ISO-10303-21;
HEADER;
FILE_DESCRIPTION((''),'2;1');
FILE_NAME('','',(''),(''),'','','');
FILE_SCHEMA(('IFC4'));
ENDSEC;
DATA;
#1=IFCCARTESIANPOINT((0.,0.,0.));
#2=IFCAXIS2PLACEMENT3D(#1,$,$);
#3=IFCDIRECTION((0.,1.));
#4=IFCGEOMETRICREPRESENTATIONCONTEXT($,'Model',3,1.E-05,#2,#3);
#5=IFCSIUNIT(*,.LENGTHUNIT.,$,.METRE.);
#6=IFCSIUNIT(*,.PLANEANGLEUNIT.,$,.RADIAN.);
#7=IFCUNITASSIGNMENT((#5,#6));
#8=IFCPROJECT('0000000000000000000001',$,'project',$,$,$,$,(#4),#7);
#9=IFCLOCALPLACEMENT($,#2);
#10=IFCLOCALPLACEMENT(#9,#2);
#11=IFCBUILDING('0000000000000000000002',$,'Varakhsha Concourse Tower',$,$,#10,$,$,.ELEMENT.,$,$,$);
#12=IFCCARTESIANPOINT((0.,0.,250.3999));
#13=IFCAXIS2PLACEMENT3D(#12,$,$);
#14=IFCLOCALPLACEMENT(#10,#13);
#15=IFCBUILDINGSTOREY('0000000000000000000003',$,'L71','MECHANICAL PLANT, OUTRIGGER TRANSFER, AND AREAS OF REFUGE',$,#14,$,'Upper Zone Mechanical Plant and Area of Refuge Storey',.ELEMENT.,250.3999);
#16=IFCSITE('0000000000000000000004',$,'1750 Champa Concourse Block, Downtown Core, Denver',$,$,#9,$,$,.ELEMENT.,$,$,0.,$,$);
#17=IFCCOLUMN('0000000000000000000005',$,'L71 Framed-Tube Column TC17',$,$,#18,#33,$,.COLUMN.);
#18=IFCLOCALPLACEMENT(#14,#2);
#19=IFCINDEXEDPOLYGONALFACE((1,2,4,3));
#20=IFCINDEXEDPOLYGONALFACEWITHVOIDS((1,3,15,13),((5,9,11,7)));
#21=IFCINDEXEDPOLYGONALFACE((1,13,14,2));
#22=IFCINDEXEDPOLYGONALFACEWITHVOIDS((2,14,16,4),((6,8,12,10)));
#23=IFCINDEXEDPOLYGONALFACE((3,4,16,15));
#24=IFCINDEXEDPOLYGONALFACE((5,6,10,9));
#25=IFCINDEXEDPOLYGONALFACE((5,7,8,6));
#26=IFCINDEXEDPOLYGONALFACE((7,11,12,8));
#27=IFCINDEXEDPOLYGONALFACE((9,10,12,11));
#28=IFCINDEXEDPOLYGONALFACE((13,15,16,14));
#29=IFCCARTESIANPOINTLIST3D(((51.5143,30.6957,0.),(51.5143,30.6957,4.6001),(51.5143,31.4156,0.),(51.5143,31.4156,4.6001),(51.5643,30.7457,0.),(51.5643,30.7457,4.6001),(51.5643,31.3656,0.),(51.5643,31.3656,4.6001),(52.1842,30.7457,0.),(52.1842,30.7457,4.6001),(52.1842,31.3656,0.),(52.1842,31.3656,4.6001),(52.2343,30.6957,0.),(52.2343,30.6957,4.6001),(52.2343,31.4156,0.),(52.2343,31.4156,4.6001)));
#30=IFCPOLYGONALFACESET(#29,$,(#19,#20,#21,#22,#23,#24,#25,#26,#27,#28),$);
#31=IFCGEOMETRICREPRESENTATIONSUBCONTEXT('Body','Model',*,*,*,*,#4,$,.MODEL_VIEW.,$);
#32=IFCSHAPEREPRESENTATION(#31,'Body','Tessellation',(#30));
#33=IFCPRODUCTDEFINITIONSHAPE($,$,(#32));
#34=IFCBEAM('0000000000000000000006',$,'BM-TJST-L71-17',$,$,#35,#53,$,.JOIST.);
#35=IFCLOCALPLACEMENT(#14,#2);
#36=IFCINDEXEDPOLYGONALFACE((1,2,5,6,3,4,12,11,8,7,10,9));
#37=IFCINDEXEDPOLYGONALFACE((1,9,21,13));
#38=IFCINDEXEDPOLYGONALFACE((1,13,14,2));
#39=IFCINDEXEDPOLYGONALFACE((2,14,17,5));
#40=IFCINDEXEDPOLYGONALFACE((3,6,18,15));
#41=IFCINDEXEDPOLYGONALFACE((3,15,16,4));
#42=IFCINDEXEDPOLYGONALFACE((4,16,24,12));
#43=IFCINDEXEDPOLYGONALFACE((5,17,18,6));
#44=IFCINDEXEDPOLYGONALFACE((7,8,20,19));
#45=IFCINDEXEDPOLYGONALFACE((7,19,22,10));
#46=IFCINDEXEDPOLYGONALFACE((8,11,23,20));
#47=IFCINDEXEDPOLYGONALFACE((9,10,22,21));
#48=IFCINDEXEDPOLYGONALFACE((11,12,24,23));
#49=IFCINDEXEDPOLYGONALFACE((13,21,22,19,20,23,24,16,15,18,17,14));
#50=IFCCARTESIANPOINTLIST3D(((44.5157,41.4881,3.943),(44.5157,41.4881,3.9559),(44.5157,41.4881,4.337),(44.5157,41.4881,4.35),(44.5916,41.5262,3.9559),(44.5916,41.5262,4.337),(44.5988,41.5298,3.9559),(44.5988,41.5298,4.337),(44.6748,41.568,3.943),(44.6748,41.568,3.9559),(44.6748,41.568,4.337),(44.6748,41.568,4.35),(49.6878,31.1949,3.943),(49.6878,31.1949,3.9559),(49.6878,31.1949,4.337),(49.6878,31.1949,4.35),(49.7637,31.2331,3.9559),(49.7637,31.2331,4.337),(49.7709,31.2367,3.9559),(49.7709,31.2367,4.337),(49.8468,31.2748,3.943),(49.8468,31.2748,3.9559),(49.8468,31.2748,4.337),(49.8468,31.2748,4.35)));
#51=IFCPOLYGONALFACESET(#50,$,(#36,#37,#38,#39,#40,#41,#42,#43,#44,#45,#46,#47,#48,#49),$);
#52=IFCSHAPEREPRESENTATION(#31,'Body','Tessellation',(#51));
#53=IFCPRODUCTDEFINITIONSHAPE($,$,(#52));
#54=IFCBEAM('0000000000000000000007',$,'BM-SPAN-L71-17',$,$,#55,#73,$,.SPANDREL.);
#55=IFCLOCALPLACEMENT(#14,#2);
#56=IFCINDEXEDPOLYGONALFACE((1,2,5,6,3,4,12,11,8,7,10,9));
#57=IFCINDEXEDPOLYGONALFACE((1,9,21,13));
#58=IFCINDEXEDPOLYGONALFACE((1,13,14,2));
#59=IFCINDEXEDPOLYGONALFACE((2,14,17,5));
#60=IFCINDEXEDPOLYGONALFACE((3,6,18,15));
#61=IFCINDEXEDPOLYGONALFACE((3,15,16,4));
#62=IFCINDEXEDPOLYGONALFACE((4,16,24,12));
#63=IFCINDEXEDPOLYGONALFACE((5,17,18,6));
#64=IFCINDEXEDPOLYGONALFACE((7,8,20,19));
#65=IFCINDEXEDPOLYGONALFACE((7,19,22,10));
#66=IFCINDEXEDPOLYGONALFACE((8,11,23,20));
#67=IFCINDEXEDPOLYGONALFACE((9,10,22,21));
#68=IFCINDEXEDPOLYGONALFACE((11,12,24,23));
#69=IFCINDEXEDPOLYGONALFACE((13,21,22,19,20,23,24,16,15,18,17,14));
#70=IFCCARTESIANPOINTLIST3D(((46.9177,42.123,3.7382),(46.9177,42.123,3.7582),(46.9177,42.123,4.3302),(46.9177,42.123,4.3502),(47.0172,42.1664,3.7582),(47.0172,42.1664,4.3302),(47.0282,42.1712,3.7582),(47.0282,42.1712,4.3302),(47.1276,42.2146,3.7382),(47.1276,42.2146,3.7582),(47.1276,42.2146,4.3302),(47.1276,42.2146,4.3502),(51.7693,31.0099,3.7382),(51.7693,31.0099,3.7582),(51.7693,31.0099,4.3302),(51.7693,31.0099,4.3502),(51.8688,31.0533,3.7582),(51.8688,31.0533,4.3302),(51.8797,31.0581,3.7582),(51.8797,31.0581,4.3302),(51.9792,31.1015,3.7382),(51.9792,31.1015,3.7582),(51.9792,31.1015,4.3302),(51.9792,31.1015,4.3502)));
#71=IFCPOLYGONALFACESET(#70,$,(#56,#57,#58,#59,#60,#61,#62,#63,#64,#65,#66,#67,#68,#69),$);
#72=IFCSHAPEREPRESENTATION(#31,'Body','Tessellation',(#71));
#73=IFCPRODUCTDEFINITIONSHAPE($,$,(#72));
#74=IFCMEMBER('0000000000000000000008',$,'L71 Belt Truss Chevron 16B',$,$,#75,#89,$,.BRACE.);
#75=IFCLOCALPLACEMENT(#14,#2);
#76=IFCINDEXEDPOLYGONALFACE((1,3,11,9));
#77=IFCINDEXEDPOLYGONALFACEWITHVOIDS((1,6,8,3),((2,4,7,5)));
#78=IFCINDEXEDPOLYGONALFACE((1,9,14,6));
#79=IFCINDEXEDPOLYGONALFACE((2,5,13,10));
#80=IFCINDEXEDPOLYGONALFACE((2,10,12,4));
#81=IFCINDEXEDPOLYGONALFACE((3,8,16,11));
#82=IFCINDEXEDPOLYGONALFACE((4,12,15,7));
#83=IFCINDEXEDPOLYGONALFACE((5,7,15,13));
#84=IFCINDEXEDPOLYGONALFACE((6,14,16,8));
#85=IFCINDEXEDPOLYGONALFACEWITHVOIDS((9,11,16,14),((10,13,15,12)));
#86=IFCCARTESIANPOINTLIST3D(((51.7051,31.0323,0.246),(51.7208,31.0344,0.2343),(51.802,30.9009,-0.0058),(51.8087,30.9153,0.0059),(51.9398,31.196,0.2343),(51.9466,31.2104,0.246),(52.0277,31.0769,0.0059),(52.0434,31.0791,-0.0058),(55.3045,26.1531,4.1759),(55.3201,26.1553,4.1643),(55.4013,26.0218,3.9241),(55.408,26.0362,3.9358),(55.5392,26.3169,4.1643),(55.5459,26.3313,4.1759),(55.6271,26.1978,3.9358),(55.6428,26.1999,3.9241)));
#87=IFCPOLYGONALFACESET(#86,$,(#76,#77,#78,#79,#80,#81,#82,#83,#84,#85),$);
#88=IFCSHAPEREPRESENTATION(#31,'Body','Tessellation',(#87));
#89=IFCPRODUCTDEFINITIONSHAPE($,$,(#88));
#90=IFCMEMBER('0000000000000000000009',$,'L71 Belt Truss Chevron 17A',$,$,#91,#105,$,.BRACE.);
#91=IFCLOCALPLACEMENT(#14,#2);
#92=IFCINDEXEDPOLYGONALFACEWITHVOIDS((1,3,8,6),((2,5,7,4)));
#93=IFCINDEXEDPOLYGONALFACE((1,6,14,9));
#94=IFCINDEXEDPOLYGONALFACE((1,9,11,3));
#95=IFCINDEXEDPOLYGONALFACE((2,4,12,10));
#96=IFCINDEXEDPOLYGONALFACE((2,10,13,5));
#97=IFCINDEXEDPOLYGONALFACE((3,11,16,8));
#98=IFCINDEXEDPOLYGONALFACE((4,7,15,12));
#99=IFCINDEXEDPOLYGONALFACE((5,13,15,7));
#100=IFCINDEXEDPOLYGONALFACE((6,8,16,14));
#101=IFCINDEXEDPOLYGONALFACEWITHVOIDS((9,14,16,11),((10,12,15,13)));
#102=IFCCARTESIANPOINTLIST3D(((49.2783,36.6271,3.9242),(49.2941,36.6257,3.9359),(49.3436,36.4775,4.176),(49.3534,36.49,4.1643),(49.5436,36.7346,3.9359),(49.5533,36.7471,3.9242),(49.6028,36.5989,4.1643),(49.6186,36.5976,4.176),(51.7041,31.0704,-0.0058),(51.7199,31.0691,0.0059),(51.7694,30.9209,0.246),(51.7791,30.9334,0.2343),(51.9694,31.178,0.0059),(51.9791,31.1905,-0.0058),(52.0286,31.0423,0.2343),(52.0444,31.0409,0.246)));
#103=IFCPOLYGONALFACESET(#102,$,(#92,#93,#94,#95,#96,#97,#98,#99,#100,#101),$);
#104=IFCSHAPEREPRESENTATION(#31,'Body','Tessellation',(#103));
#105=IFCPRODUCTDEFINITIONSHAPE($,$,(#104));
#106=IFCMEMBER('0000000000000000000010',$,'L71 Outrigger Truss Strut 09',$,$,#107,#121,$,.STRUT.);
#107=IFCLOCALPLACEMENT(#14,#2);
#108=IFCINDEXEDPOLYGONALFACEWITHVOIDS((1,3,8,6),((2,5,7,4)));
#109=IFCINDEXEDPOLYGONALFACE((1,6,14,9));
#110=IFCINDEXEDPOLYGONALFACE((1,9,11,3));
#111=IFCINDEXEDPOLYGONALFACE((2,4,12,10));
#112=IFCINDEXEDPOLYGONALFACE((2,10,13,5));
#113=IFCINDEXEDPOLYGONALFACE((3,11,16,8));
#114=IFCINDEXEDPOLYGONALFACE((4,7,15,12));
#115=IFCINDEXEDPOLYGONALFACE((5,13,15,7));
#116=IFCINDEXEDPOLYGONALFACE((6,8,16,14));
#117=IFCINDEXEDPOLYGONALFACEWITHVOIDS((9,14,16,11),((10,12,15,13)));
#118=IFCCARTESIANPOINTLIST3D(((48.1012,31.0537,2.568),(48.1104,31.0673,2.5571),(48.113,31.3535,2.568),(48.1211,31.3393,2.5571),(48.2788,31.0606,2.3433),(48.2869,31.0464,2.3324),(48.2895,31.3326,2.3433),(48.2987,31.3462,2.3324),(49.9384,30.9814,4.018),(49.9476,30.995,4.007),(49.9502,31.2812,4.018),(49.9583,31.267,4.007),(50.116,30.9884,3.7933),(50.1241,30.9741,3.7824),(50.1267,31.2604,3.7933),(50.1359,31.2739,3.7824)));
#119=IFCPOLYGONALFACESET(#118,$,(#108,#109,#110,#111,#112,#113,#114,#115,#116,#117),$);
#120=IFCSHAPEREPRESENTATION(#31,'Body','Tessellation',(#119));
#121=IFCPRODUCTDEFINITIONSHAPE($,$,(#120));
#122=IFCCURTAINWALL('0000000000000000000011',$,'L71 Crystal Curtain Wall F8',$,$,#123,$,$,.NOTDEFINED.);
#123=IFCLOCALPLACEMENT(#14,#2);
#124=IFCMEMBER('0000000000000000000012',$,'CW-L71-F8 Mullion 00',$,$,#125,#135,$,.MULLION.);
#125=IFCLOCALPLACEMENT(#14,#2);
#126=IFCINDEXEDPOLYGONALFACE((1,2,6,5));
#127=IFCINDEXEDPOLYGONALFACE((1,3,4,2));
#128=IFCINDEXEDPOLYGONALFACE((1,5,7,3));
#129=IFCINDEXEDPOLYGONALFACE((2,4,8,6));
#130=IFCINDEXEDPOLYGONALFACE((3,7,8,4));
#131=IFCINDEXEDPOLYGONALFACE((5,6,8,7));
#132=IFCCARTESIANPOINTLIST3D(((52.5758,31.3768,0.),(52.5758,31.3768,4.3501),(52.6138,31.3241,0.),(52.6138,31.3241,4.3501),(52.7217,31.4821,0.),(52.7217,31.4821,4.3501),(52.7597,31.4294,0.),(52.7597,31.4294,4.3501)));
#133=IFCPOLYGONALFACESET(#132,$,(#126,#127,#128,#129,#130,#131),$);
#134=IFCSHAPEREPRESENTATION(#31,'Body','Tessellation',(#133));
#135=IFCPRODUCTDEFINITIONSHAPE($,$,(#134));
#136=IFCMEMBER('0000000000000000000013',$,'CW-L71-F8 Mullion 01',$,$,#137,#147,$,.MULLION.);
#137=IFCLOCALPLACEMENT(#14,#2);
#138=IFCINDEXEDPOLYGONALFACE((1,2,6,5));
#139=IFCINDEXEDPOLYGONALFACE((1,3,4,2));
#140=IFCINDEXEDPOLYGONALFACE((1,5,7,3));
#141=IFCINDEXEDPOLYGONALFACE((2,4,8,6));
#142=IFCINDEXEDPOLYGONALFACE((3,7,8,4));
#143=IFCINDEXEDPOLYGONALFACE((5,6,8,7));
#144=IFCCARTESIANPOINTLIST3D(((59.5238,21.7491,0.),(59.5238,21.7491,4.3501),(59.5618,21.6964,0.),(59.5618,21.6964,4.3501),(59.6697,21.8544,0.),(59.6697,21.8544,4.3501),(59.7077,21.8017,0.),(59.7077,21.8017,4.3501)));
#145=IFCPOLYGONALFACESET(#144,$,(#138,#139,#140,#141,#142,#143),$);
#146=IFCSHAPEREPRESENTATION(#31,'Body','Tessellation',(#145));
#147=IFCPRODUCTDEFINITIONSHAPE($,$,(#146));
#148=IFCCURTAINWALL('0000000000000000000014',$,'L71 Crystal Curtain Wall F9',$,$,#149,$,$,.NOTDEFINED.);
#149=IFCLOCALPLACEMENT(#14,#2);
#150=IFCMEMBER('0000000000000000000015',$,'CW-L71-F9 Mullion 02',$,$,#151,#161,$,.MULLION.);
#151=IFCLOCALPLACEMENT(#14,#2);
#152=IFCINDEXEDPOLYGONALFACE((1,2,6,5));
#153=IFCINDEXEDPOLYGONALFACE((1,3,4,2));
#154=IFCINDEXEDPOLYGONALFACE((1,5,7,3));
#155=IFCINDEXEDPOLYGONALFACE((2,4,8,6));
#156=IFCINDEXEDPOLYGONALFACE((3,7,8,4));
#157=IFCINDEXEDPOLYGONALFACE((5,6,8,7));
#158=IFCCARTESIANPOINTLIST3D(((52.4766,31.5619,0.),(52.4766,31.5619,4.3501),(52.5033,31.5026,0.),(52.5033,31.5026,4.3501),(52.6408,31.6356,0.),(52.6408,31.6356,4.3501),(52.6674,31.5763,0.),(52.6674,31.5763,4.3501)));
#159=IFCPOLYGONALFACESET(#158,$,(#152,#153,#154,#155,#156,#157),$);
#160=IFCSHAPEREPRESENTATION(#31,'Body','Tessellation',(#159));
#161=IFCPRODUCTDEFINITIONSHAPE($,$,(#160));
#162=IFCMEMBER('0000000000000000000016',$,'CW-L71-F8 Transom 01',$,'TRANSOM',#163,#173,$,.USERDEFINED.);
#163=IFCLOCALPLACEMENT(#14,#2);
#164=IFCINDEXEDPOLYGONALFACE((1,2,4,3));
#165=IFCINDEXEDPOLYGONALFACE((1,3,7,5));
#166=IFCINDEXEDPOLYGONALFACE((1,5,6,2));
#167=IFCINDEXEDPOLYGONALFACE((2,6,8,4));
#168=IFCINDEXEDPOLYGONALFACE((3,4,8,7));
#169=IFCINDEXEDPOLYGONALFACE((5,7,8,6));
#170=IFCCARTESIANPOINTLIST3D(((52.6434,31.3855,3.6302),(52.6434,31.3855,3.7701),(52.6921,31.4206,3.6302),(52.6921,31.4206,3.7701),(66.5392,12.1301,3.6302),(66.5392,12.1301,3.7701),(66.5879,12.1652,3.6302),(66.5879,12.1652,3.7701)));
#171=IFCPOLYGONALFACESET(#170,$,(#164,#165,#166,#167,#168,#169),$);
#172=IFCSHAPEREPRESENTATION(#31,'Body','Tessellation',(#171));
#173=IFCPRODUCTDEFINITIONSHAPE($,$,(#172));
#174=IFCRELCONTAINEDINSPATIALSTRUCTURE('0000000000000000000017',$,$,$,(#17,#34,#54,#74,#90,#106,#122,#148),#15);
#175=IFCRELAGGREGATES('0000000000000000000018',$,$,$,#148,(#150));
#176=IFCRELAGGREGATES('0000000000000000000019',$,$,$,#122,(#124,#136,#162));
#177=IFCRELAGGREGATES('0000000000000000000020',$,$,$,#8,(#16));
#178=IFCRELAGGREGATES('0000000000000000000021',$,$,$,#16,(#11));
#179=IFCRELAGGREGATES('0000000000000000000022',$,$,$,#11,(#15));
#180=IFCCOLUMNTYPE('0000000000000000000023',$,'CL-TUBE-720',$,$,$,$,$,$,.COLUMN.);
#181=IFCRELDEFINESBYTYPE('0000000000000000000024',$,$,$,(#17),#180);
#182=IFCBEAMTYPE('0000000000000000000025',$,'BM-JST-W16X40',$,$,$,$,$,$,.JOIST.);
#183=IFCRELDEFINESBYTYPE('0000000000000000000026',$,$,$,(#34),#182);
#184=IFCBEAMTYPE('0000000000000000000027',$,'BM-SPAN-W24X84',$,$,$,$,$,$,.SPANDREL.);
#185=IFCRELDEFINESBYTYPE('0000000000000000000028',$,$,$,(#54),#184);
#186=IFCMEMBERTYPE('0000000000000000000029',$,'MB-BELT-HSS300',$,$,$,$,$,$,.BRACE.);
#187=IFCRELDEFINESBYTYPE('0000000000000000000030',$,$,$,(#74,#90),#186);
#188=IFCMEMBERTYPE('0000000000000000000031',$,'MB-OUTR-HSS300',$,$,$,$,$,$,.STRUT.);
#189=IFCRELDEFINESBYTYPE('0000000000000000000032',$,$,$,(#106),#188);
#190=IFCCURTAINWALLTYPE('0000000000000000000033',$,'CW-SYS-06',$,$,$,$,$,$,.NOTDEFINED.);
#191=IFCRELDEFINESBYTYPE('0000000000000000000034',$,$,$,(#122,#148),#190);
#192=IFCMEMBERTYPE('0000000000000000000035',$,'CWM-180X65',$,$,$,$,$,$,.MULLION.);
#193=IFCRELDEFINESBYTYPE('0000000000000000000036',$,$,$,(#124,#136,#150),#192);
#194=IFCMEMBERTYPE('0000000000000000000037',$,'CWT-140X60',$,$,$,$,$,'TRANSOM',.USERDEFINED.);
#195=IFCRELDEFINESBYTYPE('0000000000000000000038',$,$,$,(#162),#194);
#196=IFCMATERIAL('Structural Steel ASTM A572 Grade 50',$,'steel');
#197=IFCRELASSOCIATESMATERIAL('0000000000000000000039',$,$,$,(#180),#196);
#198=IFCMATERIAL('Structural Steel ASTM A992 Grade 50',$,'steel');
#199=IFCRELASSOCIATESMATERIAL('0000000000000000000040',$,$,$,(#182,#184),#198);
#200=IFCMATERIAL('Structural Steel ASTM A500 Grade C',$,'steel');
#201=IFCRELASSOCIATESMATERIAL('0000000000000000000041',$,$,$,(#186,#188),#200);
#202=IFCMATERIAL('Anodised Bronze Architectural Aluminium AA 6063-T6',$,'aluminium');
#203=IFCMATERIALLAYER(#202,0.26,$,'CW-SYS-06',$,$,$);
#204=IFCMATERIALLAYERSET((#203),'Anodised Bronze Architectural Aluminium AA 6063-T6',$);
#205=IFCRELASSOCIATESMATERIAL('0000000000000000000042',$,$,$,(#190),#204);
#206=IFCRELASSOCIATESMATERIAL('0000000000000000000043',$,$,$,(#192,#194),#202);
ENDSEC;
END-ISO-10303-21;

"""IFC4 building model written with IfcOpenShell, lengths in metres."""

from ifc_helpers import new_model, si_unit, direction, frame, origin, origin_2d, place, context, subcontext, project, spatial, rectangle, hollow_rectangle, i_section, extrude, source, transform, mapped, material, layer, layer_set, material_profile, profile_set, type_object, type_shapes, element, aggregate, save


model = new_model("IFC4")

# Units and contexts
model_context = context("Model", 3, precision=1e-05, world=origin(), true_north=direction((0.0, 1.0)))
body_context = subcontext(model_context, "Body", "Model", "MODEL_VIEW")
ifc_project = project(units=[si_unit("LENGTHUNIT", "METRE"), si_unit("PLANEANGLEUNIT", "RADIAN")], contexts=[model_context])

# Site, building, storey
site_placement = place(None, origin())
site = spatial("IfcSite", under=ifc_project, at=site_placement, Name="1750 Champa Concourse Block, Downtown Core, Denver", CompositionType="ELEMENT", RefElevation=0.0)
building_placement = place(site_placement, origin())
building = spatial("IfcBuilding", under=site, at=building_placement, Name="Varakhsha Concourse Tower", CompositionType="ELEMENT")
storey_placement = place(building_placement, frame((0.0, 0.0, 250.3999)))
storey = spatial("IfcBuildingStorey", under=building, at=storey_placement, Name="L71", Description="MECHANICAL PLANT, OUTRIGGER TRANSFER, AND AREAS OF REFUGE", LongName="Upper Zone Mechanical Plant and Area of Refuge Storey", CompositionType="ELEMENT", Elevation=250.3999)

# Column
ifc_material_1 = material(Name="Structural Steel ASTM A572 Grade 50", Category="steel")
ifc_material_profile_1 = material_profile(ifc_material_1, hollow_rectangle(XDim=0.72, YDim=0.72, WallThickness=0.05, at=origin_2d()), Name="BOX 720x720x50")
ifc_profile_set_1 = profile_set([ifc_material_profile_1], Name="Structural Steel ASTM A572 Grade 50")
column_type = type_object("IfcColumnType", Name="CL-TUBE-720", PredefinedType="COLUMN", material=ifc_profile_set_1)
column_placement = place(storey_placement, frame((51.8743, 31.0557, 0.0), z_axis=(0.0, 0.0, 1.0), x_axis=(1.0, 0.0, 0.0)))
element("IfcColumn", 1, at=column_placement, inside=storey, type_object=column_type, Name="L71 Framed-Tube Column TC17", PredefinedType="COLUMN", context=body_context, shape_type="SweptSolid", body=[
    extrude(hollow_rectangle(XDim=0.72, YDim=0.72, WallThickness=0.05, at=origin_2d()), origin(), (0.0, 0.0, 1.0), 4.6001),
])

# Beams
ifc_material_2 = material(Name="Structural Steel ASTM A992 Grade 50", Category="steel")
ifc_material_profile_2 = material_profile(ifc_material_2, i_section(OverallWidth=0.178, OverallDepth=0.407, WebThickness=0.0081, FlangeThickness=0.0129, at=origin_2d()), Name="W16X40")
ifc_profile_set_2 = profile_set([ifc_material_profile_2], Name="Structural Steel ASTM A992 Grade 50")
beam_type_1 = type_object("IfcBeamType", Name="BM-JST-W16X40", PredefinedType="JOIST", material=ifc_profile_set_2)
beam_1_placement = place(storey_placement, frame((49.7673, 31.2349, 4.1465), z_axis=(-0.448984, 0.89354, 0.0), x_axis=(-0.89354, -0.448984, 0.0)))
element("IfcBeam", 2, at=beam_1_placement, inside=storey, type_object=beam_type_1, Name="BM-TJST-L71-17", PredefinedType="JOIST", context=body_context, shape_type="SweptSolid", body=[
    extrude(i_section(OverallWidth=0.178, OverallDepth=0.407, WebThickness=0.0081, FlangeThickness=0.0129, at=origin_2d()), origin(), (0.0, 0.0, 1.0), 11.5195),
])
ifc_material_profile_3 = material_profile(ifc_material_2, i_section(OverallWidth=0.229, OverallDepth=0.6121, WebThickness=0.012, FlangeThickness=0.02, at=origin_2d()), Name="W24X84")
ifc_profile_set_3 = profile_set([ifc_material_profile_3], Name="Structural Steel ASTM A992 Grade 50")
beam_type_2 = type_object("IfcBeamType", Name="BM-SPAN-W24X84", PredefinedType="SPANDREL", material=ifc_profile_set_3)
beam_2_placement = place(storey_placement, frame((51.8743, 31.0557, 4.0442), z_axis=(-0.400099, 0.916472, 0.0), x_axis=(-0.916472, -0.400099, 0.0)))
element("IfcBeam", 3, at=beam_2_placement, inside=storey, type_object=beam_type_2, Name="BM-SPAN-L71-17", PredefinedType="SPANDREL", context=body_context, shape_type="SweptSolid", body=[
    extrude(i_section(OverallWidth=0.229, OverallDepth=0.6121, WebThickness=0.012, FlangeThickness=0.02, at=origin_2d()), origin(), (0.0, 0.0, 1.0), 12.126),
])

# Members
ifc_material_3 = material(Name="Structural Steel ASTM A500 Grade C", Category="steel")
ifc_material_profile_4 = material_profile(ifc_material_3, hollow_rectangle(XDim=0.3, YDim=0.3, WallThickness=0.0139, at=origin_2d()), Name="HSS 300x300x14")
ifc_profile_set_4 = profile_set([ifc_material_profile_4], Name="Structural Steel ASTM A500 Grade C")
member_type_1 = type_object("IfcMemberType", Name="MB-BELT-HSS300", PredefinedType="BRACE", material=ifc_profile_set_4)
shared_shape_1 = source(origin(), body_context, "Body", "SweptSolid", [
    extrude(hollow_rectangle(XDim=0.3, YDim=0.3, WallThickness=0.0139, at=origin_2d()), origin(), (0.0, 0.0, 1.0), 7.2253),
])
type_shapes(member_type_1, [shared_shape_1])
for number, where, z_axis, x_axis, name in (
    (4, (51.8743, 31.0557, 0.1201), (0.498157, -0.675281, 0.543908), (0.804725, 0.593648, 0.0), "L71 Belt Truss Chevron 16B"),
    (5, (51.8743, 31.0557, 0.1201), (-0.335734, 0.769053, 0.543912), (-0.916475, -0.400092, 0.0), "L71 Belt Truss Chevron 17A"),
):
    element("IfcMember", number, at=place(storey_placement, frame(where, z_axis=z_axis, x_axis=x_axis)), inside=storey, type_object=member_type_1, Name=name, PredefinedType="BRACE", context=body_context, shape_type="MappedRepresentation", body=[
        mapped(shared_shape_1, transform((0.0, 0.0, 0.0), scale=1.0)),
    ])
ifc_material_profile_5 = material_profile(ifc_material_3, hollow_rectangle(XDim=0.3, YDim=0.3, WallThickness=0.0139, at=origin_2d()), Name="HSS 300x300x14")
ifc_profile_set_5 = profile_set([ifc_material_profile_5], Name="Structural Steel ASTM A500 Grade C")
member_type_2 = type_object("IfcMemberType", Name="MB-OUTR-HSS300", PredefinedType="STRUT", material=ifc_profile_set_5)
shared_shape_2 = source(origin(), body_context, "Body", "SweptSolid", [
    extrude(hollow_rectangle(XDim=0.3, YDim=0.3, WallThickness=0.0139, at=origin_2d()), origin(), (0.0, 0.0, 1.0), 2.3416),
])
type_shapes(member_type_2, [shared_shape_2])
member_1_placement = place(storey_placement, frame((48.2, 31.2, 2.4502), z_axis=(0.7846, -0.030863, 0.619234), x_axis=(0.039305, 0.999227, 0.0)))
element("IfcMember", 6, at=member_1_placement, inside=storey, type_object=member_type_2, Name="L71 Outrigger Truss Strut 09", PredefinedType="STRUT", context=body_context, shape_type="MappedRepresentation", body=[
    mapped(shared_shape_2, transform((0.0, 0.0, 0.0), scale=1.0)),
])

# Curtain wall, members
ifc_material_4 = material(Name="Anodised Bronze Architectural Aluminium AA 6063-T6", Category="aluminium")
ifc_layer_1 = layer(ifc_material_4, 0.26, Name="CW-SYS-06")
ifc_layer_set_1 = layer_set([ifc_layer_1], Name="Anodised Bronze Architectural Aluminium AA 6063-T6")
curtain_wall_type = type_object("IfcCurtainWallType", Name="CW-SYS-06", PredefinedType="NOTDEFINED", material=ifc_layer_set_1)
curtain_wall_1_placement = place(storey_placement, origin())
curtain_wall_1 = element("IfcCurtainWall", 7, at=curtain_wall_1_placement, inside=storey, type_object=curtain_wall_type, Name="L71 Crystal Curtain Wall F8", PredefinedType="NOTDEFINED")
ifc_material_profile_6 = material_profile(ifc_material_4, rectangle(XDim=0.0649, YDim=0.1799, at=origin_2d()), Name="CWM-180X65")
ifc_profile_set_6 = profile_set([ifc_material_profile_6], Name="Anodised Bronze Architectural Aluminium AA 6063-T6")
member_type_3 = type_object("IfcMemberType", Name="CWM-180X65", PredefinedType="MULLION", material=ifc_profile_set_6)
shared_shape_3 = source(origin(), body_context, "Body", "SweptSolid", [
    extrude(rectangle(XDim=0.0649, YDim=0.1799, at=origin_2d()), origin(), (0.0, 0.0, 1.0), 4.3501),
])
type_shapes(member_type_3, [shared_shape_3])
member_2_placement = place(storey_placement, frame((52.6677, 31.4031, 0.0), z_axis=(0.0, 0.0, 1.0), x_axis=(0.585187, -0.810898, 0.0)))
member_2 = element("IfcMember", 8, at=member_2_placement, type_object=member_type_3, Name="CW-L71-F8 Mullion 00", PredefinedType="MULLION", context=body_context, shape_type="MappedRepresentation", body=[
    mapped(shared_shape_3, transform((0.0, 0.0, 0.0), scale=1.0)),
])
member_3_placement = place(storey_placement, frame((59.6157, 21.7754, 0.0), z_axis=(0.0, 0.0, 1.0), x_axis=(0.585187, -0.810898, 0.0)))
member_3 = element("IfcMember", 9, at=member_3_placement, type_object=member_type_3, Name="CW-L71-F8 Mullion 01", PredefinedType="MULLION", context=body_context, shape_type="MappedRepresentation", body=[
    mapped(shared_shape_3, transform((0.0, 0.0, 0.0), scale=1.0)),
])

# Curtain wall, member
curtain_wall_2_placement = place(storey_placement, origin())
curtain_wall_2 = element("IfcCurtainWall", 10, at=curtain_wall_2_placement, inside=storey, type_object=curtain_wall_type, Name="L71 Crystal Curtain Wall F9", PredefinedType="NOTDEFINED")
member_4_placement = place(storey_placement, frame((52.572, 31.5691, 0.0), z_axis=(0.0, 0.0, 1.0), x_axis=(0.409662, -0.912237, 0.0)))
member_4 = element("IfcMember", 11, at=member_4_placement, type_object=member_type_3, Name="CW-L71-F9 Mullion 02", PredefinedType="MULLION", context=body_context, shape_type="MappedRepresentation", body=[
    mapped(shared_shape_3, transform((0.0, 0.0, 0.0), scale=1.0)),
])
aggregate(curtain_wall_2, [member_4])

# Member
ifc_material_profile_7 = material_profile(ifc_material_4, rectangle(XDim=0.0601, YDim=0.1399, at=origin_2d()), Name="CWT-140X60")
ifc_profile_set_7 = profile_set([ifc_material_profile_7], Name="Anodised Bronze Architectural Aluminium AA 6063-T6")
member_type_4 = type_object("IfcMemberType", Name="CWT-140X60", ElementType="TRANSOM", PredefinedType="USERDEFINED", material=ifc_profile_set_7)
shared_shape_4 = source(origin(), body_context, "Body", "SweptSolid", [
    extrude(rectangle(XDim=0.0601, YDim=0.1399, at=origin_2d()), origin(), (0.0, 0.0, 1.0), 23.7458),
])
type_shapes(member_type_4, [shared_shape_4])
member_5_placement = place(storey_placement, frame((52.6677, 31.4031, 3.7002), z_axis=(0.585189, -0.810897, 0.0), x_axis=(0.810897, 0.585189, 0.0)))
member_5 = element("IfcMember", 12, at=member_5_placement, type_object=member_type_4, Name="CW-L71-F8 Transom 01", ObjectType="TRANSOM", PredefinedType="USERDEFINED", context=body_context, shape_type="MappedRepresentation", body=[
    mapped(shared_shape_4, transform((0.0, 0.0, 0.0), scale=1.0)),
])

aggregate(curtain_wall_1, [member_2, member_3, member_5])

save(model, "model.ifc")
